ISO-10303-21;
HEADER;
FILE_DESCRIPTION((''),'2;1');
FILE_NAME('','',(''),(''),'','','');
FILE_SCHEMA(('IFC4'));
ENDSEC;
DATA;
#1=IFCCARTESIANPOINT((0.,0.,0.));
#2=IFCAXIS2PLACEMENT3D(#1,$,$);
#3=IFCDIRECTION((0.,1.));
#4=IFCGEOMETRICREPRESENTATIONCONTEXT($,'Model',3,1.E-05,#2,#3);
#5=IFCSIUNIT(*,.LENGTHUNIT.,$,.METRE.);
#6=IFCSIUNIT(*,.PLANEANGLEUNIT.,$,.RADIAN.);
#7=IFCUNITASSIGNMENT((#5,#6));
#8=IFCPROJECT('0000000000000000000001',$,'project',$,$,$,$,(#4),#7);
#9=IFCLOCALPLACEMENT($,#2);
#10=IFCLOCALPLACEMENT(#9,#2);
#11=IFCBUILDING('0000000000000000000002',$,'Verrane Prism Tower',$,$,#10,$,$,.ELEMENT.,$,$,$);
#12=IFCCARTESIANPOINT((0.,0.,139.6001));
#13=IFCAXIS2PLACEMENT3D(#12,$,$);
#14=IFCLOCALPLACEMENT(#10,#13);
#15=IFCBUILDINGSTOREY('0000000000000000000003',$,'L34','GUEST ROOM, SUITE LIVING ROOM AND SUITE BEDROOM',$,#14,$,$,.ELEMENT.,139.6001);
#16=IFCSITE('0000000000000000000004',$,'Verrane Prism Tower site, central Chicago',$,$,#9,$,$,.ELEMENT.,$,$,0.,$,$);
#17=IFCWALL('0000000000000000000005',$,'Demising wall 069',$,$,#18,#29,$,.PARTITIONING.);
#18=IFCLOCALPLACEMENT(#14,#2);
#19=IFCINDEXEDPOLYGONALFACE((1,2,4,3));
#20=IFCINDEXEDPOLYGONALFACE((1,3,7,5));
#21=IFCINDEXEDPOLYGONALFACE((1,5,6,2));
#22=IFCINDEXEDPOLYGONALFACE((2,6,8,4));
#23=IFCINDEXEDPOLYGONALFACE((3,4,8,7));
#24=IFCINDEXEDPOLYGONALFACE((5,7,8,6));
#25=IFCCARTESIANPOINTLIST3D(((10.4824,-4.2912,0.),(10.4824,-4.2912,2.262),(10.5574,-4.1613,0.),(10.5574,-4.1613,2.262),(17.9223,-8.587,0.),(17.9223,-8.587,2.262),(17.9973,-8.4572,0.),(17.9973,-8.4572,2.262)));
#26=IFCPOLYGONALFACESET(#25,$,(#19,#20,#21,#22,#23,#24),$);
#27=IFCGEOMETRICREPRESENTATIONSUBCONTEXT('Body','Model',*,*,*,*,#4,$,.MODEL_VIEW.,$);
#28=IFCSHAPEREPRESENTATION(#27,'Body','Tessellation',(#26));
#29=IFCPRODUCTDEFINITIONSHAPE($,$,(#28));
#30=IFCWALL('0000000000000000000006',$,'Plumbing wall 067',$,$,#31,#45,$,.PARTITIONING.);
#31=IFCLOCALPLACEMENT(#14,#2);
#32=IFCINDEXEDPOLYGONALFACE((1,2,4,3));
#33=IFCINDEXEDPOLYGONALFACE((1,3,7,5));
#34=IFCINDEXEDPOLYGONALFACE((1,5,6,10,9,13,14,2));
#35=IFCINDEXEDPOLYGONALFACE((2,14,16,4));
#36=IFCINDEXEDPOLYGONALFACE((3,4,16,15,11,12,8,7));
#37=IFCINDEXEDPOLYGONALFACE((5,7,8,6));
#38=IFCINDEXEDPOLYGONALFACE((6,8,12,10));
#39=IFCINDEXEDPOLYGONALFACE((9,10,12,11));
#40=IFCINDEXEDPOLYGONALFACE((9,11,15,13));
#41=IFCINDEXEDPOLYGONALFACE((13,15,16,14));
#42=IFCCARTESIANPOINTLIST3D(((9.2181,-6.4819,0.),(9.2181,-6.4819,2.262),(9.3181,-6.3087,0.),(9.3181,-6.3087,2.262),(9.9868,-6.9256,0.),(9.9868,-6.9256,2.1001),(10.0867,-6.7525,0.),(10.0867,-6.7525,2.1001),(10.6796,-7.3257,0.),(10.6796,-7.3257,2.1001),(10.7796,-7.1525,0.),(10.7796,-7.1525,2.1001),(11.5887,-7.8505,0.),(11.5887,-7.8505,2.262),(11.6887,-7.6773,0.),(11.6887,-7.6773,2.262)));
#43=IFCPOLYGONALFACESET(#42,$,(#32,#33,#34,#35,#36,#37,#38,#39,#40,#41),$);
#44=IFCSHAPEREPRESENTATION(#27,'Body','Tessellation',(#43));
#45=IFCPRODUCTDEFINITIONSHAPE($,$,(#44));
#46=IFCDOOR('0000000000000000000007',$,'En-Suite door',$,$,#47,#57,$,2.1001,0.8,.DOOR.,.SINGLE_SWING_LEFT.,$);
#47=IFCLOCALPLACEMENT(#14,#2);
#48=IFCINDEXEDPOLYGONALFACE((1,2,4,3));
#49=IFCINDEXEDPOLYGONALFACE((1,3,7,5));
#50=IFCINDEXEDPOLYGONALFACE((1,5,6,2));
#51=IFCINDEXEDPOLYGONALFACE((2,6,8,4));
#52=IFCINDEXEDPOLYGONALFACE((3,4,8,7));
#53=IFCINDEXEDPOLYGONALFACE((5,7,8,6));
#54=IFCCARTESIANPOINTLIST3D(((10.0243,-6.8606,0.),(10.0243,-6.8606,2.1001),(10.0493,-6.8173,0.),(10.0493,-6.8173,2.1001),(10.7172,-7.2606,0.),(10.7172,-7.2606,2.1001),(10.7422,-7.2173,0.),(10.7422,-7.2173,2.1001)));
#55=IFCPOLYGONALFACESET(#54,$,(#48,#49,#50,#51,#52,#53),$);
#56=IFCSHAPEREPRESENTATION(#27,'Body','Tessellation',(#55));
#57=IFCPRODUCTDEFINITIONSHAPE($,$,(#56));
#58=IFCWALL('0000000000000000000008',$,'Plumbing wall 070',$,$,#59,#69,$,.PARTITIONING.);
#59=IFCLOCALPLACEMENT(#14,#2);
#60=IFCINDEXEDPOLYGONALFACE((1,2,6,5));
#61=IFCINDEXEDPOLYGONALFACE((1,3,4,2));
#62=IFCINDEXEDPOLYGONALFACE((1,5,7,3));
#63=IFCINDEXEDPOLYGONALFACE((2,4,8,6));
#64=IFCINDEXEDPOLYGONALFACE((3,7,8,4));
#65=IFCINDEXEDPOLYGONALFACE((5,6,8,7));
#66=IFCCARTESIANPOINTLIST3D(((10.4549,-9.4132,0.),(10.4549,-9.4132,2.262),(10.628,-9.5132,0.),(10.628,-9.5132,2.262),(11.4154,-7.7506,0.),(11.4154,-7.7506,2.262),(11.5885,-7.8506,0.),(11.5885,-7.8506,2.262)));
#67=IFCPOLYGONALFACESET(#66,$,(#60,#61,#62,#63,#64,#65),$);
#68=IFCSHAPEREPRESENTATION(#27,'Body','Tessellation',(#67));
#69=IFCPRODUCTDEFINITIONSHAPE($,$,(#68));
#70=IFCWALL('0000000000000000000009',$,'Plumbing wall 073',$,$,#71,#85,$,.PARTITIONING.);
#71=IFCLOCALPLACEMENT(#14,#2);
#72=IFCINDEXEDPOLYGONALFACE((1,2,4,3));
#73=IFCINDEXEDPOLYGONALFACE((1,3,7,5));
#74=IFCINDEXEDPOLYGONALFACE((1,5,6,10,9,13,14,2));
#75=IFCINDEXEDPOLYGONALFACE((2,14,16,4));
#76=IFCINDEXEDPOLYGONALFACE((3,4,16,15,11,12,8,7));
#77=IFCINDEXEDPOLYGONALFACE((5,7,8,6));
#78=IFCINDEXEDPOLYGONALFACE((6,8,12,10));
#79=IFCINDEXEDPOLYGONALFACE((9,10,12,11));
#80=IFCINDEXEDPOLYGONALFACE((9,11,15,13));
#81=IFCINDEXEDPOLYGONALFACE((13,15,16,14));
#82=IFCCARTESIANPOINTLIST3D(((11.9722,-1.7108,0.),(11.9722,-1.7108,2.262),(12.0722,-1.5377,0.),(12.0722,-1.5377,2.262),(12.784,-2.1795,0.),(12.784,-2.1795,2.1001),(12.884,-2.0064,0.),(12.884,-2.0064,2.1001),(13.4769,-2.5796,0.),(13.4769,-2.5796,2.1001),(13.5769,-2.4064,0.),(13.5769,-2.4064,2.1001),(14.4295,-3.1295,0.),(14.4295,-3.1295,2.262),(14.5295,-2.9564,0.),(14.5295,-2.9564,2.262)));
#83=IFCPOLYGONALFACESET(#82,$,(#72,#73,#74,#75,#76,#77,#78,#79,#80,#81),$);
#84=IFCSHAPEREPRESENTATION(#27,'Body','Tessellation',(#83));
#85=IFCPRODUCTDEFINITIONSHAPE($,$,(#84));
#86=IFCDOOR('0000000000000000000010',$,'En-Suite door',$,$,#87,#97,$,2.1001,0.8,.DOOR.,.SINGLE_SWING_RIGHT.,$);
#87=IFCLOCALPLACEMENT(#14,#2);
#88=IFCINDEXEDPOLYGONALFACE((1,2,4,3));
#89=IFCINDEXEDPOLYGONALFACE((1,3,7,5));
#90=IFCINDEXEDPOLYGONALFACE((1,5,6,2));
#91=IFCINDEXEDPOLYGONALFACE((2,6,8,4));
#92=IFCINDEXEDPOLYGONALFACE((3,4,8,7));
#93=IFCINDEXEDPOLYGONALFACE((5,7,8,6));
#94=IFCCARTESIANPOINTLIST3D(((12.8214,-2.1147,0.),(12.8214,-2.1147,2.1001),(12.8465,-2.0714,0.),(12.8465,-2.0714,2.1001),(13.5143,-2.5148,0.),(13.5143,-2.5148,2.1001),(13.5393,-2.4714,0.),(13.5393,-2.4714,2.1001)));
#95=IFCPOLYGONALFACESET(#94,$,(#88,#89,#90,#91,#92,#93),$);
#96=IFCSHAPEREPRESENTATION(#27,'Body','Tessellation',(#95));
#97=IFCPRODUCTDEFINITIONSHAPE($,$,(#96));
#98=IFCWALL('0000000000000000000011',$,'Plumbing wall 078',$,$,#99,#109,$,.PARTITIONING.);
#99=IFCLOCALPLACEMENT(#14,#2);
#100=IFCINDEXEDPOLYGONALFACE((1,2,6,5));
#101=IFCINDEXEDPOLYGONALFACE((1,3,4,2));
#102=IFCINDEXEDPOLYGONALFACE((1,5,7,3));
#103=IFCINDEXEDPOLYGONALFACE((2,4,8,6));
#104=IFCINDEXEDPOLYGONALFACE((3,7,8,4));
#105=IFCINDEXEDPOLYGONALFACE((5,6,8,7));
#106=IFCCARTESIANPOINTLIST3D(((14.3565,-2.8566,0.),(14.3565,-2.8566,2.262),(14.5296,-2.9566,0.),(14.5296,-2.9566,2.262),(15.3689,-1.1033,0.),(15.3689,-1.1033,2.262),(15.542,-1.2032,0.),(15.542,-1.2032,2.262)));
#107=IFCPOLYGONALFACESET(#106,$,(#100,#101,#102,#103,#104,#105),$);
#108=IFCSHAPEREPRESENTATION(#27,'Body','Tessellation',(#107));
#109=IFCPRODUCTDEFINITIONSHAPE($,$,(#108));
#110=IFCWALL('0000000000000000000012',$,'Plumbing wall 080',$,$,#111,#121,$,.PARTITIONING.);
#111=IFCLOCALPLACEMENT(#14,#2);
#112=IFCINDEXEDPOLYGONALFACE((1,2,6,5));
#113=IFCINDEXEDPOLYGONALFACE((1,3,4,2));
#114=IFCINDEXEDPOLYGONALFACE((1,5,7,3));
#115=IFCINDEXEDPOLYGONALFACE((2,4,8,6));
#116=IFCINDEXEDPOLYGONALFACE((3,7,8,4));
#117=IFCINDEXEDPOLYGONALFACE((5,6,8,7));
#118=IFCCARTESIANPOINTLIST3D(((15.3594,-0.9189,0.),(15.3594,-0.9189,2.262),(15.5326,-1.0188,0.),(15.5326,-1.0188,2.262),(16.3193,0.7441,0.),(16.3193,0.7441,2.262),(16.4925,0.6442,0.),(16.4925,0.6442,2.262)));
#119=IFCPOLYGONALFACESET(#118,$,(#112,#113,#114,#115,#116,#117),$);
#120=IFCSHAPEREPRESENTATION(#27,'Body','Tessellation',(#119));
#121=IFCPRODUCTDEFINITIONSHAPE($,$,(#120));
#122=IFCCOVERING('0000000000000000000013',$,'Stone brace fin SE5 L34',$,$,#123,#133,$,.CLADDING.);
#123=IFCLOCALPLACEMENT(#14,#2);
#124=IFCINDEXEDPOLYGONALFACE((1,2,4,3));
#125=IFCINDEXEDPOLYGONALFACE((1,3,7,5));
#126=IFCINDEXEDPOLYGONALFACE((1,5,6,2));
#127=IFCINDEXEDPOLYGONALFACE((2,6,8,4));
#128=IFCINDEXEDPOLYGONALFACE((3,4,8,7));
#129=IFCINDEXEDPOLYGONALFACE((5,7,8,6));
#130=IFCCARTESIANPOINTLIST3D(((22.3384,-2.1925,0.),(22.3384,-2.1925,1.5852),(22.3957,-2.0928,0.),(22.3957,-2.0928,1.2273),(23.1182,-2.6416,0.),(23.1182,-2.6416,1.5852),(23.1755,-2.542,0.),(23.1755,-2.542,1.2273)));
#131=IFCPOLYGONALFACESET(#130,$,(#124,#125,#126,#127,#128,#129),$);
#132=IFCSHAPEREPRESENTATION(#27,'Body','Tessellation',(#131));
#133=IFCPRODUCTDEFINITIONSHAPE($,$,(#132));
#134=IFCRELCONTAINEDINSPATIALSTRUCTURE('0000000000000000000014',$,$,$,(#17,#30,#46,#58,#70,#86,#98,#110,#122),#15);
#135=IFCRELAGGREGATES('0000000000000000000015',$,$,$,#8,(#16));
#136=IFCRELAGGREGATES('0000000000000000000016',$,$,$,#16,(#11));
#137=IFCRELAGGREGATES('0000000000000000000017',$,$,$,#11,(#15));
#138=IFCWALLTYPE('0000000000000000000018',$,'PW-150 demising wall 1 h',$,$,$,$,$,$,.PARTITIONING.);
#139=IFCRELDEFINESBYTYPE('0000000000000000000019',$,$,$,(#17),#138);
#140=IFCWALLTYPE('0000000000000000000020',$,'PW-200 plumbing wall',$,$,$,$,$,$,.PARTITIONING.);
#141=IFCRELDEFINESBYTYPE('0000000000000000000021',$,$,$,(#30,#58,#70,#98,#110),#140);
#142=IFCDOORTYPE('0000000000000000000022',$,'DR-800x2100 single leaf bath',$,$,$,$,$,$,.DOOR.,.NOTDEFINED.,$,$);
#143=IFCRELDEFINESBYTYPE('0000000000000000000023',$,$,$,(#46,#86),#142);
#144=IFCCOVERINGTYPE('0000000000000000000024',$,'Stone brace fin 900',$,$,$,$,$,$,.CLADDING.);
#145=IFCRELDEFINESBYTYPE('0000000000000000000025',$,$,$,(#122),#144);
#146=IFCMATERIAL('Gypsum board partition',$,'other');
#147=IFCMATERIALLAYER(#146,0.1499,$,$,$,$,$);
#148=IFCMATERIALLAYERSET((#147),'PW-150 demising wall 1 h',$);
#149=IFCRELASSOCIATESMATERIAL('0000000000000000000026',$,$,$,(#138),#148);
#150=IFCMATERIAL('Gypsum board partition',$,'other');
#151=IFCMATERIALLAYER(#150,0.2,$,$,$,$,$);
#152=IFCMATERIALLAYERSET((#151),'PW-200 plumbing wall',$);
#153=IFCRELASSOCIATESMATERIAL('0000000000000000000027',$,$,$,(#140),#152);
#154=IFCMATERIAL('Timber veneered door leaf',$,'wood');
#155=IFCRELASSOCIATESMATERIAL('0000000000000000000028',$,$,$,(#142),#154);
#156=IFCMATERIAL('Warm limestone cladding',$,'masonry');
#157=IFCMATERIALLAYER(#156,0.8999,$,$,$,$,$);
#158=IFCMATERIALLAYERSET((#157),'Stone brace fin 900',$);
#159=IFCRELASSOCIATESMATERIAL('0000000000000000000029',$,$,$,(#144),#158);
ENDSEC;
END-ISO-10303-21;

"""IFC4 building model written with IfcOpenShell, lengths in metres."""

from ifc_helpers import new_model, si_unit, direction, frame, frame_2d, origin, place, context, subcontext, project, spatial, polyline, rectangle, outline, extrude, material, layer, layer_set, type_object, element, fill, save


model = new_model("IFC4")

# Units and contexts
model_context = context("Model", 3, precision=1e-05, world=origin(), true_north=direction((0.0, 1.0)))
body_context = subcontext(model_context, "Body", "Model", "MODEL_VIEW")
ifc_project = project(units=[si_unit("LENGTHUNIT", "METRE"), si_unit("PLANEANGLEUNIT", "RADIAN")], contexts=[model_context])

# Site, building, storey
site_placement = place(None, origin())
site = spatial("IfcSite", under=ifc_project, at=site_placement, Name="Verrane Prism Tower site, central Chicago", CompositionType="ELEMENT", RefElevation=0.0)
building_placement = place(site_placement, origin())
building = spatial("IfcBuilding", under=site, at=building_placement, Name="Verrane Prism Tower", CompositionType="ELEMENT")
storey_placement = place(building_placement, frame((0.0, 0.0, 139.6001)))
storey = spatial("IfcBuildingStorey", under=building, at=storey_placement, Name="L34", Description="GUEST ROOM, SUITE LIVING ROOM AND SUITE BEDROOM", CompositionType="ELEMENT", Elevation=139.6001)

# Wall
ifc_material_1 = material(Name="Gypsum board partition", Category="other")
ifc_layer_1 = layer(ifc_material_1, 0.1499)
ifc_layer_set_1 = layer_set([ifc_layer_1], Name="PW-150 demising wall 1 h")
wall_type_1 = type_object("IfcWallType", Name="PW-150 demising wall 1 h", PredefinedType="PARTITIONING", material=ifc_layer_set_1)
wall_1_placement = place(storey_placement, frame((10.52, -4.2263, 0.0), z_axis=(0.0, 0.0, 1.0), x_axis=(0.866003, -0.500039, 0.0)))
element("IfcWall", 1, at=wall_1_placement, inside=storey, type_object=wall_type_1, Name="Demising wall 069", PredefinedType="PARTITIONING", context=body_context, shape_type="SweptSolid", body=[
    extrude(rectangle(XDim=8.5911, YDim=0.1499, at=frame_2d((4.2954, 0.0))), origin(), (0.0, 0.0, 1.0), 2.262),
])

# Wall, opening, door
ifc_material_2 = material(Name="Gypsum board partition", Category="other")
ifc_layer_2 = layer(ifc_material_2, 0.2)
ifc_layer_set_2 = layer_set([ifc_layer_2], Name="PW-200 plumbing wall")
wall_type_2 = type_object("IfcWallType", Name="PW-200 plumbing wall", PredefinedType="PARTITIONING", material=ifc_layer_set_2)
wall_2_placement = place(storey_placement, frame((11.6387, -7.7639, 0.0), z_axis=(0.0, 0.0, 1.0), x_axis=(-0.866028, 0.499995, 0.0)))
wall_2 = element("IfcWall", 2, at=wall_2_placement, inside=storey, type_object=wall_type_2, Name="Plumbing wall 067", PredefinedType="PARTITIONING", context=body_context, shape_type="SweptSolid", body=[
    extrude(rectangle(XDim=2.7373, YDim=0.2, at=frame_2d((1.3687, 0.0))), origin(), (0.0, 0.0, 1.0), 2.262),
])
opening_1_placement = place(wall_2_placement, frame((1.0498, 0.0, 0.0)))
opening_1 = element("IfcOpeningElement", 3, at=opening_1_placement, cuts=wall_2, PredefinedType="OPENING", context=body_context, shape_type="SweptSolid", body=[
    extrude(rectangle(XDim=0.8, YDim=2.1001, at=frame_2d((0.3999, 1.05))), frame((0.0, 0.1099, 0.0), z_axis=(0.0, -1.0, 0.0), x_axis=(1.0, 0.0, 0.0)), (0.0, 0.0, 1.0), 0.22),
])
ifc_material_3 = material(Name="Timber veneered door leaf", Category="wood")
door_type = type_object("IfcDoorType", Name="DR-800x2100 single leaf bath", OperationType="NOTDEFINED", PredefinedType="DOOR", material=ifc_material_3)
door_1_placement = place(opening_1_placement, origin())
door_1 = element("IfcDoor", 4, at=door_1_placement, inside=storey, type_object=door_type, Name="En-Suite door", OperationType="SINGLE_SWING_LEFT", OverallHeight=2.1001, OverallWidth=0.8, PredefinedType="DOOR", context=body_context, shape_type="SweptSolid", body=[
    extrude(rectangle(XDim=0.8, YDim=2.1001, at=frame_2d((0.3999, 1.05))), frame((0.0, 0.0249, 0.0), z_axis=(0.0, -1.0, 0.0), x_axis=(1.0, 0.0, 0.0)), (0.0, 0.0, 1.0), 0.05),
])
fill(opening_1, door_1)

# Wall
wall_3_placement = place(storey_placement, frame((10.5415, -9.4631, 0.0), z_axis=(0.0, 0.0, 1.0), x_axis=(0.500214, 0.865902, 0.0)))
element("IfcWall", 5, at=wall_3_placement, inside=storey, type_object=wall_type_2, Name="Plumbing wall 070", PredefinedType="PARTITIONING", context=body_context, shape_type="SweptSolid", body=[
    extrude(rectangle(XDim=1.9202, YDim=0.2, at=frame_2d((0.96, 0.0))), origin(), (0.0, 0.0, 1.0), 2.262),
])

# Wall, opening, door
wall_4_placement = place(storey_placement, frame((12.0222, -1.6243, 0.0), z_axis=(0.0, 0.0, 1.0), x_axis=(0.866027, -0.499998, 0.0)))
wall_4 = element("IfcWall", 6, at=wall_4_placement, inside=storey, type_object=wall_type_2, Name="Plumbing wall 073", PredefinedType="PARTITIONING", context=body_context, shape_type="SweptSolid", body=[
    extrude(rectangle(XDim=2.8374, YDim=0.2, at=frame_2d((1.4187, 0.0))), origin(), (0.0, 0.0, 1.0), 2.262),
])
opening_2_placement = place(wall_4_placement, frame((0.9375, 0.0, 0.0)))
opening_2 = element("IfcOpeningElement", 7, at=opening_2_placement, cuts=wall_4, PredefinedType="OPENING", context=body_context, shape_type="SweptSolid", body=[
    extrude(rectangle(XDim=0.8, YDim=2.1001, at=frame_2d((0.3999, 1.05))), frame((0.0, 0.1099, 0.0), z_axis=(0.0, -1.0, 0.0), x_axis=(1.0, 0.0, 0.0)), (0.0, 0.0, 1.0), 0.22),
])
door_2_placement = place(opening_2_placement, origin())
door_2 = element("IfcDoor", 8, at=door_2_placement, inside=storey, type_object=door_type, Name="En-Suite door", OperationType="SINGLE_SWING_RIGHT", OverallHeight=2.1001, OverallWidth=0.8, PredefinedType="DOOR", context=body_context, shape_type="SweptSolid", body=[
    extrude(rectangle(XDim=0.8, YDim=2.1001, at=frame_2d((0.3999, 1.05))), frame((0.0, 0.0249, 0.0), z_axis=(0.0, -1.0, 0.0), x_axis=(1.0, 0.0, 0.0)), (0.0, 0.0, 1.0), 0.05),
])
fill(opening_2, door_2)

# Walls
wall_5_placement = place(storey_placement, frame((14.4431, -2.9065, 0.0), z_axis=(0.0, 0.0, 1.0), x_axis=(0.500043, 0.866001, 0.0)))
element("IfcWall", 9, at=wall_5_placement, inside=storey, type_object=wall_type_2, Name="Plumbing wall 078", PredefinedType="PARTITIONING", context=body_context, shape_type="SweptSolid", body=[
    extrude(rectangle(XDim=2.0247, YDim=0.2, at=frame_2d((1.0122, 0.0))), origin(), (0.0, 0.0, 1.0), 2.262),
])
wall_6_placement = place(storey_placement, frame((15.446, -0.9688, 0.0), z_axis=(0.0, 0.0, 1.0), x_axis=(0.499913, 0.866075, 0.0)))
element("IfcWall", 10, at=wall_6_placement, inside=storey, type_object=wall_type_2, Name="Plumbing wall 080", PredefinedType="PARTITIONING", context=body_context, shape_type="SweptSolid", body=[
    extrude(rectangle(XDim=1.9202, YDim=0.2, at=frame_2d((0.96, 0.0))), origin(), (0.0, 0.0, 1.0), 2.262),
])

# Covering
ifc_material_4 = material(Name="Warm limestone cladding", Category="masonry")
ifc_layer_3 = layer(ifc_material_4, 0.8999)
ifc_layer_set_3 = layer_set([ifc_layer_3], Name="Stone brace fin 900")
covering_type = type_object("IfcCoveringType", Name="Stone brace fin 900", PredefinedType="CLADDING", material=ifc_layer_set_3)
covering_placement = place(storey_placement, frame((22.7856, -2.3174, 0.0), z_axis=(0.0, 0.0, 1.0), x_axis=(-0.499109, -0.866539, 0.0)))
element("IfcCovering", 11, at=covering_placement, inside=storey, type_object=covering_type, Name="Stone brace fin SE5 L34", PredefinedType="CLADDING", context=body_context, shape_type="SweptSolid", body=[
    extrude(outline(polyline([(0.0, 0.0), (0.115, 0.0), (0.115, 1.5852), (0.0, 1.2273), (0.0, 0.0)])), frame((0.0, 0.45, 0.0), z_axis=(0.0, -1.0, 0.0), x_axis=(1.0, 0.0, 0.0)), (0.0, 0.0, 1.0), 0.8999),
])

save(model, "model.ifc")
